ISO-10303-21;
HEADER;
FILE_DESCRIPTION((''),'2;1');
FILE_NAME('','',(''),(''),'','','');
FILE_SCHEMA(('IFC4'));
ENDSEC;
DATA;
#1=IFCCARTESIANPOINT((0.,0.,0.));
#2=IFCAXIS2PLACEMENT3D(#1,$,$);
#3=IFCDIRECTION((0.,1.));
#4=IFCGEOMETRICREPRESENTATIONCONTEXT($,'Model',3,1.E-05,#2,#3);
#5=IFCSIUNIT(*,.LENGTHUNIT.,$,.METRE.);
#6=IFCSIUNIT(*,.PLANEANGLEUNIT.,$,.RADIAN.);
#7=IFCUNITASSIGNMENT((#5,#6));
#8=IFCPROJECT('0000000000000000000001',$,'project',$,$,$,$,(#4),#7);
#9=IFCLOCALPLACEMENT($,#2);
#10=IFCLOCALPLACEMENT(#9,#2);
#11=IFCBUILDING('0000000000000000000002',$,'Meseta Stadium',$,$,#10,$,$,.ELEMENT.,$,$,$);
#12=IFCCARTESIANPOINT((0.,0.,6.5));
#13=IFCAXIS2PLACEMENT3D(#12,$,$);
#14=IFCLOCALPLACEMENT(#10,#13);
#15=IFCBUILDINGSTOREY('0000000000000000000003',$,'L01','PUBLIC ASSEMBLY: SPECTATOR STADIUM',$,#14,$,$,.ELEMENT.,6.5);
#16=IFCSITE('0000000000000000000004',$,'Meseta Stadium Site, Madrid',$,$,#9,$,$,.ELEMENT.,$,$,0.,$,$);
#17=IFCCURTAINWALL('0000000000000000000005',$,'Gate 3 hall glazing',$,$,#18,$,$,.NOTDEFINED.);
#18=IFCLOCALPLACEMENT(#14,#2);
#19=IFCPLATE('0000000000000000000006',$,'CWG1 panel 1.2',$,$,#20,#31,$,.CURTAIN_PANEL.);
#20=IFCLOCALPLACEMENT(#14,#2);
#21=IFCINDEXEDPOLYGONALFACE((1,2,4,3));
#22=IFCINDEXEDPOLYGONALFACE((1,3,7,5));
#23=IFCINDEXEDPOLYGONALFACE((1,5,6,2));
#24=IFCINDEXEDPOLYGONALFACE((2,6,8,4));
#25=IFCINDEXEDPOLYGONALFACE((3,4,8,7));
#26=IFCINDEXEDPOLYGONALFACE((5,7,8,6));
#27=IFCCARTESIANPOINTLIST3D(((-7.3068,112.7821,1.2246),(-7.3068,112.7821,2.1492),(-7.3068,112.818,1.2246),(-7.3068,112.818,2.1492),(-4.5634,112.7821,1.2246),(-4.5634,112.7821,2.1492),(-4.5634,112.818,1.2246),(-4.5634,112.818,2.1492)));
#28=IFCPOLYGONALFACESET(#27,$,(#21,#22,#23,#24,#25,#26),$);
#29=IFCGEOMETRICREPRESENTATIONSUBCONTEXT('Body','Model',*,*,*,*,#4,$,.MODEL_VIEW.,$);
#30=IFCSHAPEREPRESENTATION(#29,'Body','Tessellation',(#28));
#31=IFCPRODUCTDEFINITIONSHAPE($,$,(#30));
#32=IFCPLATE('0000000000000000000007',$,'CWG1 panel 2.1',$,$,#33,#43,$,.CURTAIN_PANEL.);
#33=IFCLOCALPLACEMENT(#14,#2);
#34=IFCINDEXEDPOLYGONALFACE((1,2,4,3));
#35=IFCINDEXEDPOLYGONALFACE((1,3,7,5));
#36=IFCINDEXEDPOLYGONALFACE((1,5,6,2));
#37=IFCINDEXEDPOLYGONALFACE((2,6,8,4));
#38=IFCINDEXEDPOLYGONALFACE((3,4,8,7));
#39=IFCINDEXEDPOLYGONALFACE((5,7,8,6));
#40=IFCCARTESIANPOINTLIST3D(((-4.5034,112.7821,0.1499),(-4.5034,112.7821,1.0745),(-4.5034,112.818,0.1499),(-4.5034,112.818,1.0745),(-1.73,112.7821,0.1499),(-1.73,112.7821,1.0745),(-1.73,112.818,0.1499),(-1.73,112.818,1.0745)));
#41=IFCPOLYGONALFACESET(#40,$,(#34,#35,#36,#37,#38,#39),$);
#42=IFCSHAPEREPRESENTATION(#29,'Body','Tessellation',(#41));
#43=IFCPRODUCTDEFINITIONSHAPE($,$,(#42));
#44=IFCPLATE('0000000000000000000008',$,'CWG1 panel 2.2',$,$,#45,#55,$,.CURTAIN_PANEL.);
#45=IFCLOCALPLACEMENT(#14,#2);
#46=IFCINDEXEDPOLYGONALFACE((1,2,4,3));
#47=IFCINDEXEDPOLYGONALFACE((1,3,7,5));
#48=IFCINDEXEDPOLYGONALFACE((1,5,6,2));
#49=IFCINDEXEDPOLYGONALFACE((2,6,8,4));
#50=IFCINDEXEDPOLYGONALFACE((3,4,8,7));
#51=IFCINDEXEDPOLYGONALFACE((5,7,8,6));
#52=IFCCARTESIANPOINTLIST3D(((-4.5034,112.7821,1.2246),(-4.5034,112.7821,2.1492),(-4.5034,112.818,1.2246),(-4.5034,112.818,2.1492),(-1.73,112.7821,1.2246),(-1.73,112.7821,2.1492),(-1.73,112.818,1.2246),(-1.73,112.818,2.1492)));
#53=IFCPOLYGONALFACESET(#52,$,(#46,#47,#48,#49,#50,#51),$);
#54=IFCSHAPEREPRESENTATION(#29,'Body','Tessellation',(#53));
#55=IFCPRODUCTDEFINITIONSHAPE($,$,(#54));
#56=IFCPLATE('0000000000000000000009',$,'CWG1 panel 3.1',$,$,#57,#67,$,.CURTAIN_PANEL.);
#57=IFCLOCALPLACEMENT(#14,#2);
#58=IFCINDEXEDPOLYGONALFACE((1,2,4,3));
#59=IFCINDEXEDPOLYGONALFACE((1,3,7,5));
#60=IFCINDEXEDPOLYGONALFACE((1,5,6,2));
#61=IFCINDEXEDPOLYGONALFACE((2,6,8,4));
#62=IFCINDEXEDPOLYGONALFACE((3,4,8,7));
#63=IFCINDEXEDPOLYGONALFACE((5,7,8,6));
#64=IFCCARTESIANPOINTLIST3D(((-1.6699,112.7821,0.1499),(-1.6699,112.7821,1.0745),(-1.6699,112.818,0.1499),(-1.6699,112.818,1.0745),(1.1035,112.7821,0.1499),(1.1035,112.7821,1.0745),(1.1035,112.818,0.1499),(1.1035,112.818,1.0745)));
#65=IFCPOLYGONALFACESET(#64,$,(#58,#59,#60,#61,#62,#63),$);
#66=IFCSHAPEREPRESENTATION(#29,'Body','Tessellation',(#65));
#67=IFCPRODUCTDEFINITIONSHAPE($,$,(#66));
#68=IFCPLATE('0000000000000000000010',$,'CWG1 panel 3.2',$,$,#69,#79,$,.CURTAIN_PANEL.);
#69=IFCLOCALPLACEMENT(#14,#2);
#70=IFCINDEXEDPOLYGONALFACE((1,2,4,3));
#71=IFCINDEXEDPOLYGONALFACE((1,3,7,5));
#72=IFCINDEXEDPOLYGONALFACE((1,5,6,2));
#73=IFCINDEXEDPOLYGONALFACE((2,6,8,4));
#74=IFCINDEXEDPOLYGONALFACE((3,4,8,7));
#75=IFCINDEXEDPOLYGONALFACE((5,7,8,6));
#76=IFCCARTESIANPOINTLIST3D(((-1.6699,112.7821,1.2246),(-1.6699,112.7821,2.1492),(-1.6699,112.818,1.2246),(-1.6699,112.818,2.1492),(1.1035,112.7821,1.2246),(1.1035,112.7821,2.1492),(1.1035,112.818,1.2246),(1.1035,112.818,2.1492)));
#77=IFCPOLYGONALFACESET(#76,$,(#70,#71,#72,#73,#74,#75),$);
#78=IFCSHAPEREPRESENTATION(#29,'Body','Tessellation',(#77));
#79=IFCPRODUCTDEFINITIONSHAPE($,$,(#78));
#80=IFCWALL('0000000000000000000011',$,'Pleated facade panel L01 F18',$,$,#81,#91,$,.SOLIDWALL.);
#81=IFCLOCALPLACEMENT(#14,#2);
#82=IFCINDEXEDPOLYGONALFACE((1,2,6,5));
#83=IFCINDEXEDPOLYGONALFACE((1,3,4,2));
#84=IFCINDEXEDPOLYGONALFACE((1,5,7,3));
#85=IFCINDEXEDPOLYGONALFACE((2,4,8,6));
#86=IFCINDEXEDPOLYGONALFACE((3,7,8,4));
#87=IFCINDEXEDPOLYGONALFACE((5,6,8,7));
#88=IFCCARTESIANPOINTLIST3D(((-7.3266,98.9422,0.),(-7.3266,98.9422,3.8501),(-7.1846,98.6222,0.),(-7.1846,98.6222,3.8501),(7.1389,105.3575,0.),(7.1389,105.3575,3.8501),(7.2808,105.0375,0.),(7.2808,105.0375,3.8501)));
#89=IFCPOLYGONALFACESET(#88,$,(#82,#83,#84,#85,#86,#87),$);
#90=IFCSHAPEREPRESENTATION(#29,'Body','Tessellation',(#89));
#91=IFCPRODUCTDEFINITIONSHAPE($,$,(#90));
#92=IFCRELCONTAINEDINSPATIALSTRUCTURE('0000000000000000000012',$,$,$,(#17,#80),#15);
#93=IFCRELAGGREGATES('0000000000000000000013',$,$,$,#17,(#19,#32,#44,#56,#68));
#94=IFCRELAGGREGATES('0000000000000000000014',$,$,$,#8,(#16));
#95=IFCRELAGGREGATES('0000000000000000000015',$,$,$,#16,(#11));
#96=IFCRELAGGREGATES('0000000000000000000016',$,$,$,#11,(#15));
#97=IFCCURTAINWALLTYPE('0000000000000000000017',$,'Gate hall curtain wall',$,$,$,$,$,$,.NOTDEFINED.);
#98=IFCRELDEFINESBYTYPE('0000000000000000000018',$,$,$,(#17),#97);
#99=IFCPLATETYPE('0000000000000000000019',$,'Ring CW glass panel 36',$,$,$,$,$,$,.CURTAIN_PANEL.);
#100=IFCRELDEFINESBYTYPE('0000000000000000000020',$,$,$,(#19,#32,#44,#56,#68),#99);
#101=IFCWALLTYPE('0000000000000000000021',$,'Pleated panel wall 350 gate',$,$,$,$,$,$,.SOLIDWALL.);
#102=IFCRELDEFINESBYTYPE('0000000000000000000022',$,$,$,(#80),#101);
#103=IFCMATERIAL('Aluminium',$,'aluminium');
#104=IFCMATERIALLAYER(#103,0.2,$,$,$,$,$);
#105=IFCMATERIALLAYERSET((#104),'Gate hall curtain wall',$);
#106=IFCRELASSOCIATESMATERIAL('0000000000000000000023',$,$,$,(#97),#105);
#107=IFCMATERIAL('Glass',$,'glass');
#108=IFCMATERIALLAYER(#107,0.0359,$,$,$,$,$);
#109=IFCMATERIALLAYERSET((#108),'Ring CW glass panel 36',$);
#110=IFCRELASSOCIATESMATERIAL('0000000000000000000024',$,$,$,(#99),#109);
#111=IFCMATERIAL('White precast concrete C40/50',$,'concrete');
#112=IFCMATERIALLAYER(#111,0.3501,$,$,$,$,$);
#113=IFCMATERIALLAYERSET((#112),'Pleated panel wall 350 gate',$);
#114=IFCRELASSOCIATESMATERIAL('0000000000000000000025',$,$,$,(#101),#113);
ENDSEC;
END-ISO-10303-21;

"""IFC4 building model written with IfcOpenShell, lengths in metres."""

from ifc_helpers import new_model, si_unit, direction, frame, frame_2d, origin, origin_2d, place, context, subcontext, project, spatial, rectangle, extrude, material, layer, layer_set, type_object, element, aggregate, save


model = new_model("IFC4")

# Units and contexts
model_context = context("Model", 3, precision=1e-05, world=origin(), true_north=direction((0.0, 1.0)))
body_context = subcontext(model_context, "Body", "Model", "MODEL_VIEW")
ifc_project = project(units=[si_unit("LENGTHUNIT", "METRE"), si_unit("PLANEANGLEUNIT", "RADIAN")], contexts=[model_context])

# Site, building, storey
site_placement = place(None, origin())
site = spatial("IfcSite", under=ifc_project, at=site_placement, Name="Meseta Stadium Site, Madrid", CompositionType="ELEMENT", RefElevation=0.0)
building_placement = place(site_placement, origin())
building = spatial("IfcBuilding", under=site, at=building_placement, Name="Meseta Stadium", CompositionType="ELEMENT")
storey_placement = place(building_placement, frame((0.0, 0.0, 6.5)))
storey = spatial("IfcBuildingStorey", under=building, at=storey_placement, Name="L01", Description="PUBLIC ASSEMBLY: SPECTATOR STADIUM", CompositionType="ELEMENT", Elevation=6.5)

# Curtain wall
ifc_material_1 = material(Name="Aluminium", Category="aluminium")
ifc_layer_1 = layer(ifc_material_1, 0.2)
ifc_layer_set_1 = layer_set([ifc_layer_1], Name="Gate hall curtain wall")
curtain_wall_type = type_object("IfcCurtainWallType", Name="Gate hall curtain wall", PredefinedType="NOTDEFINED", material=ifc_layer_set_1)
curtain_wall_placement = place(storey_placement, origin())
curtain_wall = element("IfcCurtainWall", 1, at=curtain_wall_placement, inside=storey, type_object=curtain_wall_type, Name="Gate 3 hall glazing", PredefinedType="NOTDEFINED")

# Plates
ifc_material_2 = material(Name="Glass", Category="glass")
ifc_layer_2 = layer(ifc_material_2, 0.0359)
ifc_layer_set_2 = layer_set([ifc_layer_2], Name="Ring CW glass panel 36")
plate_type = type_object("IfcPlateType", Name="Ring CW glass panel 36", PredefinedType="CURTAIN_PANEL", material=ifc_layer_set_2)
plate_1_placement = place(storey_placement, frame((-5.9351, 112.8, 1.2246), z_axis=(0.0, 0.0, 1.0), x_axis=(1.0, 0.0, 0.0)))
plate_1 = element("IfcPlate", 2, at=plate_1_placement, type_object=plate_type, Name="CWG1 panel 1.2", PredefinedType="CURTAIN_PANEL", context=body_context, shape_type="SweptSolid", body=[
    extrude(rectangle(XDim=2.7434, YDim=0.0359, at=origin_2d()), origin(), (0.0, 0.0, 1.0), 0.9246),
])
plate_2_placement = place(storey_placement, frame((-3.1167, 112.8, 0.1499), z_axis=(0.0, 0.0, 1.0), x_axis=(1.0, 0.0, 0.0)))
plate_2 = element("IfcPlate", 3, at=plate_2_placement, type_object=plate_type, Name="CWG1 panel 2.1", PredefinedType="CURTAIN_PANEL", context=body_context, shape_type="SweptSolid", body=[
    extrude(rectangle(XDim=2.7734, YDim=0.0359, at=origin_2d()), origin(), (0.0, 0.0, 1.0), 0.9246),
])
plate_3_placement = place(storey_placement, frame((-3.1167, 112.8, 1.2246), z_axis=(0.0, 0.0, 1.0), x_axis=(1.0, 0.0, 0.0)))
plate_3 = element("IfcPlate", 4, at=plate_3_placement, type_object=plate_type, Name="CWG1 panel 2.2", PredefinedType="CURTAIN_PANEL", context=body_context, shape_type="SweptSolid", body=[
    extrude(rectangle(XDim=2.7734, YDim=0.0359, at=origin_2d()), origin(), (0.0, 0.0, 1.0), 0.9246),
])
plate_4_placement = place(storey_placement, frame((-0.2832, 112.8, 0.1499), z_axis=(0.0, 0.0, 1.0), x_axis=(1.0, 0.0, 0.0)))
plate_4 = element("IfcPlate", 5, at=plate_4_placement, type_object=plate_type, Name="CWG1 panel 3.1", PredefinedType="CURTAIN_PANEL", context=body_context, shape_type="SweptSolid", body=[
    extrude(rectangle(XDim=2.7734, YDim=0.0359, at=origin_2d()), origin(), (0.0, 0.0, 1.0), 0.9246),
])
plate_5_placement = place(storey_placement, frame((-0.2832, 112.8, 1.2246), z_axis=(0.0, 0.0, 1.0), x_axis=(1.0, 0.0, 0.0)))
plate_5 = element("IfcPlate", 6, at=plate_5_placement, type_object=plate_type, Name="CWG1 panel 3.2", PredefinedType="CURTAIN_PANEL", context=body_context, shape_type="SweptSolid", body=[
    extrude(rectangle(XDim=2.7734, YDim=0.0359, at=origin_2d()), origin(), (0.0, 0.0, 1.0), 0.9246),
])
aggregate(curtain_wall, [plate_1, plate_2, plate_3, plate_4, plate_5])

# Wall
ifc_material_3 = material(Name="White precast concrete C40/50", Category="concrete")
ifc_layer_3 = layer(ifc_material_3, 0.3501)
ifc_layer_set_3 = layer_set([ifc_layer_3], Name="Pleated panel wall 350 gate")
wall_type = type_object("IfcWallType", Name="Pleated panel wall 350 gate", PredefinedType="SOLIDWALL", material=ifc_layer_set_3)
wall_placement = place(storey_placement, frame((-7.2556, 98.7822, 0.0), z_axis=(0.0, 0.0, 1.0), x_axis=(0.914136, 0.405407, 0.0)))
element("IfcWall", 7, at=wall_placement, inside=storey, type_object=wall_type, Name="Pleated facade panel L01 F18", PredefinedType="SOLIDWALL", context=body_context, shape_type="SweptSolid", body=[
    extrude(rectangle(XDim=15.8242, YDim=0.3501, at=frame_2d((7.9121, 0.0))), origin(), (0.0, 0.0, 1.0), 3.8501),
])

save(model, "model.ifc")
